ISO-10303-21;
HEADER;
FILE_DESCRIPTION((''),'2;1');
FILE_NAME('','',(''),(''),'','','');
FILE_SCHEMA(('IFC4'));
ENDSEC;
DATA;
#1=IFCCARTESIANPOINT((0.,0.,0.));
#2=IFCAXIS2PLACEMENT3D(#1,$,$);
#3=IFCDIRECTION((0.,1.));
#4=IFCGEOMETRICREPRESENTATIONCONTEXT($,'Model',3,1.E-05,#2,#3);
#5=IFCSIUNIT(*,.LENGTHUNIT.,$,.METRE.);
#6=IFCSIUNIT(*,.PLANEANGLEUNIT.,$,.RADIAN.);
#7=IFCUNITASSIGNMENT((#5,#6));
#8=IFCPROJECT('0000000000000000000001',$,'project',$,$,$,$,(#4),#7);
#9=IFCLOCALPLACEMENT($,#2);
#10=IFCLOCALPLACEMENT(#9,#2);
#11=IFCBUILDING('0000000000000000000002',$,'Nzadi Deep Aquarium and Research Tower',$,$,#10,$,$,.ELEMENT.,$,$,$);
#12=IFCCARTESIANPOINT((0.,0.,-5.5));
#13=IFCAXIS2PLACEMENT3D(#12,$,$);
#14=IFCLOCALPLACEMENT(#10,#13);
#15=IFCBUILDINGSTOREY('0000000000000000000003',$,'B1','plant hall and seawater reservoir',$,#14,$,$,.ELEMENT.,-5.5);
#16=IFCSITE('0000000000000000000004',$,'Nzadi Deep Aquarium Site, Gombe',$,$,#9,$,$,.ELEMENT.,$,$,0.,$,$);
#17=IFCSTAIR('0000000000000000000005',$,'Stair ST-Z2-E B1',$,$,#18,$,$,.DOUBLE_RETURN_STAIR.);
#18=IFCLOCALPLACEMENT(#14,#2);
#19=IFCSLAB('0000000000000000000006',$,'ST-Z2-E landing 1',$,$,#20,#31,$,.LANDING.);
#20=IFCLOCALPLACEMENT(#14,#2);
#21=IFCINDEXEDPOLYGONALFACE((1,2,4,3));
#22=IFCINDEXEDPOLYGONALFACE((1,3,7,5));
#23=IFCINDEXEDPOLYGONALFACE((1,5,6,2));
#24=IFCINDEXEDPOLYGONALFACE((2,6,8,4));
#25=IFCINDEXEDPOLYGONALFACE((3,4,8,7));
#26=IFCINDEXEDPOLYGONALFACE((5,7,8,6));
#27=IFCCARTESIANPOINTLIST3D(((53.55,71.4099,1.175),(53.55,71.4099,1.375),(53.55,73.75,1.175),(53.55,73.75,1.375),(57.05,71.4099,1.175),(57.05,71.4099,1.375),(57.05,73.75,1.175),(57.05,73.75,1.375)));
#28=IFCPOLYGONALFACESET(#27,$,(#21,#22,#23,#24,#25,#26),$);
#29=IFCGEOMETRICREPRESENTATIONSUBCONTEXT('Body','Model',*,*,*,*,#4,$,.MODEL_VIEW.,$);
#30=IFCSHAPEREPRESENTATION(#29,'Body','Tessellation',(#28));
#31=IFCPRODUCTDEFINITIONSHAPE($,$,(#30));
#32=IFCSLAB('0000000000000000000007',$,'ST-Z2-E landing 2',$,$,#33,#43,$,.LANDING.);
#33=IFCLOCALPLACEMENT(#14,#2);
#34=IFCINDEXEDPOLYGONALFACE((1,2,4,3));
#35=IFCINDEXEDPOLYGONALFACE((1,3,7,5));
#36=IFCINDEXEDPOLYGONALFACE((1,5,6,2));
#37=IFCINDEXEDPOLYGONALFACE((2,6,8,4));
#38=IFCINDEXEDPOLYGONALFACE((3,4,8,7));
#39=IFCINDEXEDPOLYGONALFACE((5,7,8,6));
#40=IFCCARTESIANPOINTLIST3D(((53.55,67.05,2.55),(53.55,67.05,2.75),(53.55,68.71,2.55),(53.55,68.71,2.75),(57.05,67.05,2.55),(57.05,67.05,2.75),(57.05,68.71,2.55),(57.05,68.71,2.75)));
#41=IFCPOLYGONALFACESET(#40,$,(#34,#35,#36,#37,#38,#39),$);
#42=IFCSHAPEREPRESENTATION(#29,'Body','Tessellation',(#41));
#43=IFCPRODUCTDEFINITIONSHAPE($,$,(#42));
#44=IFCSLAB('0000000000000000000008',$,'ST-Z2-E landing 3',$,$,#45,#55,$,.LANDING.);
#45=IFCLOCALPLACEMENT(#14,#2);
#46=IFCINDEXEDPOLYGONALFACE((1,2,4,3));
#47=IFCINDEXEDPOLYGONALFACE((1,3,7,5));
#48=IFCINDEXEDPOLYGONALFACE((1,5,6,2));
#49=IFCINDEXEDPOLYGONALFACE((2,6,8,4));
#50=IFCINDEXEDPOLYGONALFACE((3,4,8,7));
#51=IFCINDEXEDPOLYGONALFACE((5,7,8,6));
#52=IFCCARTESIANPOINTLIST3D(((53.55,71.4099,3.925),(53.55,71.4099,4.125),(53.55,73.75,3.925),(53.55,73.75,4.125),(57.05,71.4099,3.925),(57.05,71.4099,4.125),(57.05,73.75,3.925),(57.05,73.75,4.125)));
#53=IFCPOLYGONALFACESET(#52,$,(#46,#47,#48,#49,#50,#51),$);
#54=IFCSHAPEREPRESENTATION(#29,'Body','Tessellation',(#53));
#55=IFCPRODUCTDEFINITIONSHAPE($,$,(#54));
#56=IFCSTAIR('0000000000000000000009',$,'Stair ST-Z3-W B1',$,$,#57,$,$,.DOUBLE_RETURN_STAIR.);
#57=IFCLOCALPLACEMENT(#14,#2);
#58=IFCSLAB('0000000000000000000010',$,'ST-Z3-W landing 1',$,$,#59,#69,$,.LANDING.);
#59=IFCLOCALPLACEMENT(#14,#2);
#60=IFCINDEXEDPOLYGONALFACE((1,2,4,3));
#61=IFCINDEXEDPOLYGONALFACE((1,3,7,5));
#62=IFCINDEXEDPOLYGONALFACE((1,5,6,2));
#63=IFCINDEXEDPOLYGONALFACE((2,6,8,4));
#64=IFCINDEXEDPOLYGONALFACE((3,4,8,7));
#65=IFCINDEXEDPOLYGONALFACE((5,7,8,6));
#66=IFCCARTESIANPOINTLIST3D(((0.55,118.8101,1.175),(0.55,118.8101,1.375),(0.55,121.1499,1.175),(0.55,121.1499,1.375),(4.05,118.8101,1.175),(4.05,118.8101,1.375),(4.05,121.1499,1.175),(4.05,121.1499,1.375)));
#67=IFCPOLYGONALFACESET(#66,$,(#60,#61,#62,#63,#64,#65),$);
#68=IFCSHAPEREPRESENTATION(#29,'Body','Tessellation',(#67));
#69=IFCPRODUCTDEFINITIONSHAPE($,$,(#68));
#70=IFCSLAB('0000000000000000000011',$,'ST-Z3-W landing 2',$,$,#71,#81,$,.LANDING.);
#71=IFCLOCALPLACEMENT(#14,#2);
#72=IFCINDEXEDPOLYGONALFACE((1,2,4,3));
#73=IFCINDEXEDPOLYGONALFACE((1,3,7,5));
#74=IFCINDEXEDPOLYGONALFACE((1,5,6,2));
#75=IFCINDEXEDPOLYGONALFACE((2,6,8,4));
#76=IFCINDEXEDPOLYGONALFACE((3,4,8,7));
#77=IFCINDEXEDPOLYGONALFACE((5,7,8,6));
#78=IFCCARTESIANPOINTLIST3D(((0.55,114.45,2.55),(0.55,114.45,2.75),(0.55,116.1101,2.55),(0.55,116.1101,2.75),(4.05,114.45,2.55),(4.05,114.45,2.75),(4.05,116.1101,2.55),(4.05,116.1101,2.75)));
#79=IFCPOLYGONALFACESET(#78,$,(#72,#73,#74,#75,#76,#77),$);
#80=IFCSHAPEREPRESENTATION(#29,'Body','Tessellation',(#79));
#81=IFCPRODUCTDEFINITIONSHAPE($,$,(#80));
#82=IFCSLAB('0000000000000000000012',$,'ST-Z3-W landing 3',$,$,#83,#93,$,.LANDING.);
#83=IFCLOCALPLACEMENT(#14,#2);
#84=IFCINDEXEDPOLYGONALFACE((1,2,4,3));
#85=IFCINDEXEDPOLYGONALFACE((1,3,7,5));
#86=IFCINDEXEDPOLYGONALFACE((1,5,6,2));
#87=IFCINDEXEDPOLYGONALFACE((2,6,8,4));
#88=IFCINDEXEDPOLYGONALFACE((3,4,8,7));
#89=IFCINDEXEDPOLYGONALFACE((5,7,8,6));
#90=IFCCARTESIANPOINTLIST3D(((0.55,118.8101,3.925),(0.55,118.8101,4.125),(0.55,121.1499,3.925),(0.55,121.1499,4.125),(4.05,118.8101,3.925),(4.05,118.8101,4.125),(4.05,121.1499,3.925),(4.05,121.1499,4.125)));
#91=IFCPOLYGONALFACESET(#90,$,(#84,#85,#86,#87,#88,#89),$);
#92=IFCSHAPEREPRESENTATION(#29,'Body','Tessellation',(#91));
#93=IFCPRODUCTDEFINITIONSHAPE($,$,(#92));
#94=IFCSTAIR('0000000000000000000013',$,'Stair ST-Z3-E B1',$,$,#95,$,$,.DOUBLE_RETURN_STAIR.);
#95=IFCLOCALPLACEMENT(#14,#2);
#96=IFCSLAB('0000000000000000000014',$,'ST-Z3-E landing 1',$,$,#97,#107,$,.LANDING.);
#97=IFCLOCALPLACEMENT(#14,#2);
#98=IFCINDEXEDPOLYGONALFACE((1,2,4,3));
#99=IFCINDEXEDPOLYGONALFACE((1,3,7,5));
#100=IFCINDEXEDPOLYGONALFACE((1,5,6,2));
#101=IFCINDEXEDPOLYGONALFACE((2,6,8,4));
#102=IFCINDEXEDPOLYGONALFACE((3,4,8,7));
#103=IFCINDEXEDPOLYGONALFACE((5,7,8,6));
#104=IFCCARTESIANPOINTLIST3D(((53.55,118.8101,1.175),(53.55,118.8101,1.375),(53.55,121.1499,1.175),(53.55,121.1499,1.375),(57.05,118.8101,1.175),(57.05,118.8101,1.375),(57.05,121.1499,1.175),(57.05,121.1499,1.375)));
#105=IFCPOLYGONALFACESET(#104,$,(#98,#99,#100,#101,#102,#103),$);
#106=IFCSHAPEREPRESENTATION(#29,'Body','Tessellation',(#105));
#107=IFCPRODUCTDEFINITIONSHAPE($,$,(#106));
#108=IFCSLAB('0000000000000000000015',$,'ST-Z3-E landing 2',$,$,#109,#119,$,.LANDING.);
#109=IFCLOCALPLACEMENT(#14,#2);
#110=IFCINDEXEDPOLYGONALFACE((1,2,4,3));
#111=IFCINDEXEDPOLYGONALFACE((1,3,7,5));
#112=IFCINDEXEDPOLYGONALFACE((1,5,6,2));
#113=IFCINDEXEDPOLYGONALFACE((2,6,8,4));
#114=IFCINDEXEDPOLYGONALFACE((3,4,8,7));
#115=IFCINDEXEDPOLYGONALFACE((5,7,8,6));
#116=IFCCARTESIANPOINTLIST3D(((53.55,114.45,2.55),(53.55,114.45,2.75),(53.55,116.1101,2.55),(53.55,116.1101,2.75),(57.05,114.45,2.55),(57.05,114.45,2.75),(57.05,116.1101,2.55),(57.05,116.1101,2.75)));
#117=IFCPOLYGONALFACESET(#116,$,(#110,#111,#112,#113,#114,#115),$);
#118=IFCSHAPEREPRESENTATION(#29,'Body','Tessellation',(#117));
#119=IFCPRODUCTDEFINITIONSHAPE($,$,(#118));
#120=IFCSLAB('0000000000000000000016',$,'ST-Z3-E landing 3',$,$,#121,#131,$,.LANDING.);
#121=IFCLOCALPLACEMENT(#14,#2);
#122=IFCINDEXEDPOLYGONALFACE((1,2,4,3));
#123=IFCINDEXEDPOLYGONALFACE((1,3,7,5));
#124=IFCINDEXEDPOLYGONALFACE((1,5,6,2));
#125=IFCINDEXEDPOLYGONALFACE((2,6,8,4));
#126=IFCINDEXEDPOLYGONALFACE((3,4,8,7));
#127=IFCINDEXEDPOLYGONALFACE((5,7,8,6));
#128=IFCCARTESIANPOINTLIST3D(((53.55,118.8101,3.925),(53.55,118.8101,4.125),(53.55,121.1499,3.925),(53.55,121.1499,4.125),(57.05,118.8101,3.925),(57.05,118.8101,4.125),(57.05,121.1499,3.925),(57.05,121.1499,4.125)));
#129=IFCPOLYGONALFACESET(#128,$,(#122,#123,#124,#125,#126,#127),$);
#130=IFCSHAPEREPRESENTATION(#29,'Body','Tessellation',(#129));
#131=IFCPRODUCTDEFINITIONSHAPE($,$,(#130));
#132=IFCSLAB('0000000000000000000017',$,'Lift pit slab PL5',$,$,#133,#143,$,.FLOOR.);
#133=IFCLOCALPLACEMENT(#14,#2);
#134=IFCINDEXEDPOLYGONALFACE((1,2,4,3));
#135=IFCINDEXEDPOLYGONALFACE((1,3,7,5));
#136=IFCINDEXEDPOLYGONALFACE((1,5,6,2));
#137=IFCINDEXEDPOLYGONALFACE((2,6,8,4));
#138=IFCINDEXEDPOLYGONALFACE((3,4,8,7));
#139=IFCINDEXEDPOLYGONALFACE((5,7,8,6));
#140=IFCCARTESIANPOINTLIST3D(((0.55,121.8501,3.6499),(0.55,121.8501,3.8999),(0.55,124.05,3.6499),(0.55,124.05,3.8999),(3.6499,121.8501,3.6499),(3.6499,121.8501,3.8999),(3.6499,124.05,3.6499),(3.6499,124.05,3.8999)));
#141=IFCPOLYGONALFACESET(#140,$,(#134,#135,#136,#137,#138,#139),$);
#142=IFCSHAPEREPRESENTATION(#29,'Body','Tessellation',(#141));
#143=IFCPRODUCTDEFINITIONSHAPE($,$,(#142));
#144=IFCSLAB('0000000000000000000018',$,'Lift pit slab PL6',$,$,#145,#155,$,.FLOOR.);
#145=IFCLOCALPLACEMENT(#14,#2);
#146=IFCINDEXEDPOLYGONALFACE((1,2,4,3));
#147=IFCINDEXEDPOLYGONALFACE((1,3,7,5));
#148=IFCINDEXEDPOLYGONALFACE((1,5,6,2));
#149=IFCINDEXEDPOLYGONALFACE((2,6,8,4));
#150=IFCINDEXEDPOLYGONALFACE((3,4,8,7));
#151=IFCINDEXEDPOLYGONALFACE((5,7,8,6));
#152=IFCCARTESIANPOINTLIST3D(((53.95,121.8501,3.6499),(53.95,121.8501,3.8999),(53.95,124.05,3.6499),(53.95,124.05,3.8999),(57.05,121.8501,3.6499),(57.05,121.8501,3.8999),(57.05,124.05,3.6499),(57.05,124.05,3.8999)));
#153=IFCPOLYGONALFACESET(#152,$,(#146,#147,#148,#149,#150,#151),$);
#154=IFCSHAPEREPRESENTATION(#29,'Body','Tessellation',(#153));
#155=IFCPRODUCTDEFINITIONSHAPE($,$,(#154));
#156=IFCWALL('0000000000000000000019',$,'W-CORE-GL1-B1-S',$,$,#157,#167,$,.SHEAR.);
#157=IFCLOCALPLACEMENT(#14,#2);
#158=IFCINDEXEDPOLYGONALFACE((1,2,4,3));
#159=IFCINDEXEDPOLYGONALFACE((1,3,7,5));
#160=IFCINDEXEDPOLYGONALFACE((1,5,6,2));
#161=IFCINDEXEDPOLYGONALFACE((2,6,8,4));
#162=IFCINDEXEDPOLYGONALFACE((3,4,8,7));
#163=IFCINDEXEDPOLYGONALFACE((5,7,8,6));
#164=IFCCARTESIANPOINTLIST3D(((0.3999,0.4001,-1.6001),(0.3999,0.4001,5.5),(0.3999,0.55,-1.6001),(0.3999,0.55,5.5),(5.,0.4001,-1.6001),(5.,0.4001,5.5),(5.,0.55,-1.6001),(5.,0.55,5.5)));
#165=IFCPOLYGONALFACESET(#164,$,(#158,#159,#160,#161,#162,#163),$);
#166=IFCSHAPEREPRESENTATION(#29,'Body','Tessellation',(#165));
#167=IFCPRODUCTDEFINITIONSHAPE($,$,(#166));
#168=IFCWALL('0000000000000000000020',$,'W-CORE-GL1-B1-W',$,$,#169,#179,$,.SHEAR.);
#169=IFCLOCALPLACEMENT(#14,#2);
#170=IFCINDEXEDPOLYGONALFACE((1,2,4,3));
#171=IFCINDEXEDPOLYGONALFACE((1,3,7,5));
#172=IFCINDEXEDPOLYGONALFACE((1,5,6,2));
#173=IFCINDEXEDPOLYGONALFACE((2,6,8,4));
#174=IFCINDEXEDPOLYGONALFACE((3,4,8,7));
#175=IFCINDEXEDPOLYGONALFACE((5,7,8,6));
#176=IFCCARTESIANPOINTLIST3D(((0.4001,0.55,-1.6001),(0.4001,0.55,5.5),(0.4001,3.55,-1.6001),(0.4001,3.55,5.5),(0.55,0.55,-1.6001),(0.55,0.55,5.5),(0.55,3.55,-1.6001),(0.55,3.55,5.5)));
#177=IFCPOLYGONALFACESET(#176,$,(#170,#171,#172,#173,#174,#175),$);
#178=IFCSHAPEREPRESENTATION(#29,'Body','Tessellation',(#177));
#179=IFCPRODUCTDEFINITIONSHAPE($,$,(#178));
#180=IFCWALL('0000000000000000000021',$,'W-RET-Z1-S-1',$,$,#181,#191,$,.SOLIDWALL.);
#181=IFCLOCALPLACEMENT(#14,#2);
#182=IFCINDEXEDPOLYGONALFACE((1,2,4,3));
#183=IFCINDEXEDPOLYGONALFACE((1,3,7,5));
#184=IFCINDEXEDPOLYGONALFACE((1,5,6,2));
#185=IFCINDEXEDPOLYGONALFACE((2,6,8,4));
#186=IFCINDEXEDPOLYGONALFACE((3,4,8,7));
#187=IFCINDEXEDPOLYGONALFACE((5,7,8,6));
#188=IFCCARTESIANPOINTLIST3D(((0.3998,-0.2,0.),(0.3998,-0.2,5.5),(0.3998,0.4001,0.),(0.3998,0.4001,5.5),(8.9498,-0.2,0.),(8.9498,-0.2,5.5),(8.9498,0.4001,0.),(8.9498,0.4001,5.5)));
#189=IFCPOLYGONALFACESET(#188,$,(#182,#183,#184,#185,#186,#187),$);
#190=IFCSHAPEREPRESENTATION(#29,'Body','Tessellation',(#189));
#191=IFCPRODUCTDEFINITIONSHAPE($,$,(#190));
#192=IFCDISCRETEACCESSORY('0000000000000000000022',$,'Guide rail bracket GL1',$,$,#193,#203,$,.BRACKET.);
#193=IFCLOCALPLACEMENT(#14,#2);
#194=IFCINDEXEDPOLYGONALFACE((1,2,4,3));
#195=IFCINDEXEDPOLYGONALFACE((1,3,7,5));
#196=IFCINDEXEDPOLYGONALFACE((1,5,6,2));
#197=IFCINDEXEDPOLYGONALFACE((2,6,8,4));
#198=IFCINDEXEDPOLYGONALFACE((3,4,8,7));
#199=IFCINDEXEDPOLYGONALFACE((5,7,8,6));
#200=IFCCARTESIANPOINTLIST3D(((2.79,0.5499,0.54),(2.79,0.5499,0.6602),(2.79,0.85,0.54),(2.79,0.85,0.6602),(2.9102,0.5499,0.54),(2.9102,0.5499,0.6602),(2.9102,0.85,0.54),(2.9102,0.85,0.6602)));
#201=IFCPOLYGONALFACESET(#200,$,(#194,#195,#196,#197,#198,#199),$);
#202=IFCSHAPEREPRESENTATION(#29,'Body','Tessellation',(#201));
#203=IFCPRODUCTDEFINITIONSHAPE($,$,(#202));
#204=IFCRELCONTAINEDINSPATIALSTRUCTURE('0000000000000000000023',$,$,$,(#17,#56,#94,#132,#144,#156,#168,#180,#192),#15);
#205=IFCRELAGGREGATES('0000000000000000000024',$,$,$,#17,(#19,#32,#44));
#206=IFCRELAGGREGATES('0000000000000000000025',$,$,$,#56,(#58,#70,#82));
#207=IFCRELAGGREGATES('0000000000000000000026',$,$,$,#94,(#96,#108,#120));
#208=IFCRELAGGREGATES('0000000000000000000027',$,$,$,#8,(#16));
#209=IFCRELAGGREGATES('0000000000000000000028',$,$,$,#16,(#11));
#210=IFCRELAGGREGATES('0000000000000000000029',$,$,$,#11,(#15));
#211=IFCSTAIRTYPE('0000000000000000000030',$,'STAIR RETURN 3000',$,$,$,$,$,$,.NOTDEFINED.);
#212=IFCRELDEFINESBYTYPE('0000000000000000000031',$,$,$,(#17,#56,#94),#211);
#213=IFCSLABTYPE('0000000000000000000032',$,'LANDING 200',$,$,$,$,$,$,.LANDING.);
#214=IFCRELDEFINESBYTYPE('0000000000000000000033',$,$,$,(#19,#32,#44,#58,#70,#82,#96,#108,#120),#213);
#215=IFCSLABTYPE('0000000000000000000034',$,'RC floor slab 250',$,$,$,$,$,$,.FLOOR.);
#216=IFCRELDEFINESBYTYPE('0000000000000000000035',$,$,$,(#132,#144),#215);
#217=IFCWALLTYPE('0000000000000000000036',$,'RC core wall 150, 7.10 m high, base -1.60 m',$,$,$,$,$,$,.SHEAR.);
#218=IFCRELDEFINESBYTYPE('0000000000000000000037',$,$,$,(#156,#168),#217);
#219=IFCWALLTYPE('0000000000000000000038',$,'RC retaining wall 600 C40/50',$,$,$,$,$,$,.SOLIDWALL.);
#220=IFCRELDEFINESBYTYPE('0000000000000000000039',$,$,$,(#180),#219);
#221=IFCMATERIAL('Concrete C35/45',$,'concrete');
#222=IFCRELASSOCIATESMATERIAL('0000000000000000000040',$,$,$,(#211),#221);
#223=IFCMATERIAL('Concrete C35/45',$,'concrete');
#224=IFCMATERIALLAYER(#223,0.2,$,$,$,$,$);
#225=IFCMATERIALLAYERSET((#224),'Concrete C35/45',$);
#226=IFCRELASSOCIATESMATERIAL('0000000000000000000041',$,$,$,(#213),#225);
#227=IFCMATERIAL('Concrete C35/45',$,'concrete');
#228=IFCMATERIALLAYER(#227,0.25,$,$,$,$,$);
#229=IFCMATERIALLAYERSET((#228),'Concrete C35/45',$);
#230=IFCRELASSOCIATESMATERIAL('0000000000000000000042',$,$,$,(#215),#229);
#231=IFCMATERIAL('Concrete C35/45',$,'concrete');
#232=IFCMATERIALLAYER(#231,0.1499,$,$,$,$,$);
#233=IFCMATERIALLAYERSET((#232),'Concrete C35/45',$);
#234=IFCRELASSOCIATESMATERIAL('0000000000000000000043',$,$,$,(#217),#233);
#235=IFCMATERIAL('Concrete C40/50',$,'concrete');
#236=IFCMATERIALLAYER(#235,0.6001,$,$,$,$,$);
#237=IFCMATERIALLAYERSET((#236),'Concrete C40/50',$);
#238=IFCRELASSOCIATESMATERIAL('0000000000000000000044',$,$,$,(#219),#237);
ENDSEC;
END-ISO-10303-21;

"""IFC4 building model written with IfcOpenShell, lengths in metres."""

from ifc_helpers import new_model, si_unit, direction, frame, frame_2d, origin, origin_2d, place, context, subcontext, project, spatial, polyline, rectangle, outline, extrude, material, layer, layer_set, type_object, element, aggregate, save


model = new_model("IFC4")

# Units and contexts
model_context = context("Model", 3, precision=1e-05, world=origin(), true_north=direction((0.0, 1.0)))
body_context = subcontext(model_context, "Body", "Model", "MODEL_VIEW")
ifc_project = project(units=[si_unit("LENGTHUNIT", "METRE"), si_unit("PLANEANGLEUNIT", "RADIAN")], contexts=[model_context])

# Site, building, storey
site_placement = place(None, origin())
site = spatial("IfcSite", under=ifc_project, at=site_placement, Name="Nzadi Deep Aquarium Site, Gombe", CompositionType="ELEMENT", RefElevation=0.0)
building_placement = place(site_placement, origin())
building = spatial("IfcBuilding", under=site, at=building_placement, Name="Nzadi Deep Aquarium and Research Tower", CompositionType="ELEMENT")
storey_placement = place(building_placement, frame((0.0, 0.0, -5.5)))
storey = spatial("IfcBuildingStorey", under=building, at=storey_placement, Name="B1", Description="plant hall and seawater reservoir", CompositionType="ELEMENT", Elevation=-5.5)

# Stairs, slabs
ifc_material_1 = material(Name="Concrete C35/45", Category="concrete")
stair_type = type_object("IfcStairType", Name="STAIR RETURN 3000", PredefinedType="NOTDEFINED", material=ifc_material_1)
ifc_material_2 = material(Name="Concrete C35/45", Category="concrete")
ifc_layer_1 = layer(ifc_material_2, 0.2)
ifc_layer_set_1 = layer_set([ifc_layer_1], Name="Concrete C35/45")
slab_type_1 = type_object("IfcSlabType", Name="LANDING 200", PredefinedType="LANDING", material=ifc_layer_set_1)
stair_1_placement = place(storey_placement, origin())
stair_1 = element("IfcStair", 1, at=stair_1_placement, inside=storey, type_object=stair_type, Name="Stair ST-Z2-E B1", PredefinedType="DOUBLE_RETURN_STAIR")
slab_1_placement = place(storey_placement, frame((0.0, 0.0, 1.175)))
slab_1 = element("IfcSlab", 2, at=slab_1_placement, type_object=slab_type_1, Name="ST-Z2-E landing 1", PredefinedType="LANDING", context=body_context, shape_type="SweptSolid", body=[
    extrude(outline(polyline([(57.05, 73.75), (53.55, 73.75), (53.55, 71.4099), (57.05, 71.4099), (57.05, 73.75)])), origin(), (0.0, 0.0, 1.0), 0.2),
])
slab_2_placement = place(storey_placement, frame((0.0, 0.0, 2.55)))
slab_2 = element("IfcSlab", 3, at=slab_2_placement, type_object=slab_type_1, Name="ST-Z2-E landing 2", PredefinedType="LANDING", context=body_context, shape_type="SweptSolid", body=[
    extrude(outline(polyline([(57.05, 68.71), (53.55, 68.71), (53.55, 67.05), (57.05, 67.05), (57.05, 68.71)])), origin(), (0.0, 0.0, 1.0), 0.2),
])
slab_3_placement = place(storey_placement, frame((0.0, 0.0, 3.925)))
slab_3 = element("IfcSlab", 4, at=slab_3_placement, type_object=slab_type_1, Name="ST-Z2-E landing 3", PredefinedType="LANDING", context=body_context, shape_type="SweptSolid", body=[
    extrude(outline(polyline([(57.05, 73.75), (53.55, 73.75), (53.55, 71.4099), (57.05, 71.4099), (57.05, 73.75)])), origin(), (0.0, 0.0, 1.0), 0.2),
])
aggregate(stair_1, [slab_1, slab_2, slab_3])
stair_2_placement = place(storey_placement, origin())
stair_2 = element("IfcStair", 5, at=stair_2_placement, inside=storey, type_object=stair_type, Name="Stair ST-Z3-W B1", PredefinedType="DOUBLE_RETURN_STAIR")
slab_4_placement = place(storey_placement, frame((0.0, 0.0, 1.175)))
slab_4 = element("IfcSlab", 6, at=slab_4_placement, type_object=slab_type_1, Name="ST-Z3-W landing 1", PredefinedType="LANDING", context=body_context, shape_type="SweptSolid", body=[
    extrude(outline(polyline([(0.55, 118.8101), (4.05, 118.8101), (4.05, 121.1499), (0.55, 121.1499), (0.55, 118.8101)])), origin(), (0.0, 0.0, 1.0), 0.2),
])
slab_5_placement = place(storey_placement, frame((0.0, 0.0, 2.55)))
slab_5 = element("IfcSlab", 7, at=slab_5_placement, type_object=slab_type_1, Name="ST-Z3-W landing 2", PredefinedType="LANDING", context=body_context, shape_type="SweptSolid", body=[
    extrude(outline(polyline([(0.55, 114.45), (4.05, 114.45), (4.05, 116.1101), (0.55, 116.1101), (0.55, 114.45)])), origin(), (0.0, 0.0, 1.0), 0.2),
])
slab_6_placement = place(storey_placement, frame((0.0, 0.0, 3.925)))
slab_6 = element("IfcSlab", 8, at=slab_6_placement, type_object=slab_type_1, Name="ST-Z3-W landing 3", PredefinedType="LANDING", context=body_context, shape_type="SweptSolid", body=[
    extrude(outline(polyline([(0.55, 118.8101), (4.05, 118.8101), (4.05, 121.1499), (0.55, 121.1499), (0.55, 118.8101)])), origin(), (0.0, 0.0, 1.0), 0.2),
])
aggregate(stair_2, [slab_4, slab_5, slab_6])
stair_3_placement = place(storey_placement, origin())
stair_3 = element("IfcStair", 9, at=stair_3_placement, inside=storey, type_object=stair_type, Name="Stair ST-Z3-E B1", PredefinedType="DOUBLE_RETURN_STAIR")
slab_7_placement = place(storey_placement, frame((0.0, 0.0, 1.175)))
slab_7 = element("IfcSlab", 10, at=slab_7_placement, type_object=slab_type_1, Name="ST-Z3-E landing 1", PredefinedType="LANDING", context=body_context, shape_type="SweptSolid", body=[
    extrude(outline(polyline([(57.05, 121.1499), (53.55, 121.1499), (53.55, 118.8101), (57.05, 118.8101), (57.05, 121.1499)])), origin(), (0.0, 0.0, 1.0), 0.2),
])
slab_8_placement = place(storey_placement, frame((0.0, 0.0, 2.55)))
slab_8 = element("IfcSlab", 11, at=slab_8_placement, type_object=slab_type_1, Name="ST-Z3-E landing 2", PredefinedType="LANDING", context=body_context, shape_type="SweptSolid", body=[
    extrude(outline(polyline([(57.05, 116.1101), (53.55, 116.1101), (53.55, 114.45), (57.05, 114.45), (57.05, 116.1101)])), origin(), (0.0, 0.0, 1.0), 0.2),
])
slab_9_placement = place(storey_placement, frame((0.0, 0.0, 3.925)))
slab_9 = element("IfcSlab", 12, at=slab_9_placement, type_object=slab_type_1, Name="ST-Z3-E landing 3", PredefinedType="LANDING", context=body_context, shape_type="SweptSolid", body=[
    extrude(outline(polyline([(57.05, 121.1499), (53.55, 121.1499), (53.55, 118.8101), (57.05, 118.8101), (57.05, 121.1499)])), origin(), (0.0, 0.0, 1.0), 0.2),
])
aggregate(stair_3, [slab_7, slab_8, slab_9])

# Slabs
ifc_material_3 = material(Name="Concrete C35/45", Category="concrete")
ifc_layer_2 = layer(ifc_material_3, 0.25)
ifc_layer_set_2 = layer_set([ifc_layer_2], Name="Concrete C35/45")
slab_type_2 = type_object("IfcSlabType", Name="RC floor slab 250", PredefinedType="FLOOR", material=ifc_layer_set_2)
slab_10_placement = place(storey_placement, frame((0.0, 0.0, 3.6499)))
element("IfcSlab", 13, at=slab_10_placement, inside=storey, type_object=slab_type_2, Name="Lift pit slab PL5", PredefinedType="FLOOR", context=body_context, shape_type="SweptSolid", body=[
    extrude(outline(polyline([(0.55, 121.8501), (3.6499, 121.8501), (3.6499, 124.05), (0.55, 124.05), (0.55, 121.8501)])), origin(), (0.0, 0.0, 1.0), 0.25),
])
slab_11_placement = place(storey_placement, frame((0.0, 0.0, 3.6499)))
element("IfcSlab", 14, at=slab_11_placement, inside=storey, type_object=slab_type_2, Name="Lift pit slab PL6", PredefinedType="FLOOR", context=body_context, shape_type="SweptSolid", body=[
    extrude(outline(polyline([(53.95, 121.8501), (57.05, 121.8501), (57.05, 124.05), (53.95, 124.05), (53.95, 121.8501)])), origin(), (0.0, 0.0, 1.0), 0.25),
])

# Walls
ifc_material_4 = material(Name="Concrete C35/45", Category="concrete")
ifc_layer_3 = layer(ifc_material_4, 0.1499)
ifc_layer_set_3 = layer_set([ifc_layer_3], Name="Concrete C35/45")
wall_type_1 = type_object("IfcWallType", Name="RC core wall 150, 7.10 m high, base -1.60 m", PredefinedType="SHEAR", material=ifc_layer_set_3)
wall_1_placement = place(storey_placement, frame((0.3999, 0.4751, -1.6001), z_axis=(0.0, 0.0, 1.0), x_axis=(1.0, 0.0, 0.0)))
element("IfcWall", 15, at=wall_1_placement, inside=storey, type_object=wall_type_1, Name="W-CORE-GL1-B1-S", PredefinedType="SHEAR", context=body_context, shape_type="SweptSolid", body=[
    extrude(rectangle(XDim=4.6001, YDim=0.1499, at=frame_2d((2.3, 0.0))), origin(), (0.0, 0.0, 1.0), 7.1001),
])
wall_2_placement = place(storey_placement, frame((0.4751, 0.55, -1.6001), z_axis=(0.0, 0.0, 1.0), x_axis=(0.0, 1.0, 0.0)))
element("IfcWall", 16, at=wall_2_placement, inside=storey, type_object=wall_type_1, Name="W-CORE-GL1-B1-W", PredefinedType="SHEAR", context=body_context, shape_type="SweptSolid", body=[
    extrude(rectangle(XDim=3.0, YDim=0.1499, at=frame_2d((1.5, 0.0))), origin(), (0.0, 0.0, 1.0), 7.1001),
])
ifc_material_5 = material(Name="Concrete C40/50", Category="concrete")
ifc_layer_4 = layer(ifc_material_5, 0.6001)
ifc_layer_set_4 = layer_set([ifc_layer_4], Name="Concrete C40/50")
wall_type_2 = type_object("IfcWallType", Name="RC retaining wall 600 C40/50", PredefinedType="SOLIDWALL", material=ifc_layer_set_4)
wall_3_placement = place(storey_placement, frame((0.3999, 0.1001, 0.0), z_axis=(0.0, 0.0, 1.0), x_axis=(1.0, 0.0, 0.0)))
element("IfcWall", 17, at=wall_3_placement, inside=storey, type_object=wall_type_2, Name="W-RET-Z1-S-1", PredefinedType="SOLIDWALL", context=body_context, shape_type="SweptSolid", body=[
    extrude(rectangle(XDim=8.55, YDim=0.6001, at=frame_2d((4.2749, 0.0))), origin(), (0.0, 0.0, 1.0), 5.5),
])

# Discrete accessory
discrete_accessory_placement = place(storey_placement, frame((2.8501, 0.7, 0.54), z_axis=(0.0, 0.0, 1.0), x_axis=(1.0, 0.0, 0.0)))
element("IfcDiscreteAccessory", 18, at=discrete_accessory_placement, inside=storey, Name="Guide rail bracket GL1", PredefinedType="BRACKET", context=body_context, shape_type="SweptSolid", body=[
    extrude(rectangle(XDim=0.1201, YDim=0.3, at=origin_2d()), origin(), (0.0, 0.0, 1.0), 0.1201),
])

save(model, "model.ifc")
